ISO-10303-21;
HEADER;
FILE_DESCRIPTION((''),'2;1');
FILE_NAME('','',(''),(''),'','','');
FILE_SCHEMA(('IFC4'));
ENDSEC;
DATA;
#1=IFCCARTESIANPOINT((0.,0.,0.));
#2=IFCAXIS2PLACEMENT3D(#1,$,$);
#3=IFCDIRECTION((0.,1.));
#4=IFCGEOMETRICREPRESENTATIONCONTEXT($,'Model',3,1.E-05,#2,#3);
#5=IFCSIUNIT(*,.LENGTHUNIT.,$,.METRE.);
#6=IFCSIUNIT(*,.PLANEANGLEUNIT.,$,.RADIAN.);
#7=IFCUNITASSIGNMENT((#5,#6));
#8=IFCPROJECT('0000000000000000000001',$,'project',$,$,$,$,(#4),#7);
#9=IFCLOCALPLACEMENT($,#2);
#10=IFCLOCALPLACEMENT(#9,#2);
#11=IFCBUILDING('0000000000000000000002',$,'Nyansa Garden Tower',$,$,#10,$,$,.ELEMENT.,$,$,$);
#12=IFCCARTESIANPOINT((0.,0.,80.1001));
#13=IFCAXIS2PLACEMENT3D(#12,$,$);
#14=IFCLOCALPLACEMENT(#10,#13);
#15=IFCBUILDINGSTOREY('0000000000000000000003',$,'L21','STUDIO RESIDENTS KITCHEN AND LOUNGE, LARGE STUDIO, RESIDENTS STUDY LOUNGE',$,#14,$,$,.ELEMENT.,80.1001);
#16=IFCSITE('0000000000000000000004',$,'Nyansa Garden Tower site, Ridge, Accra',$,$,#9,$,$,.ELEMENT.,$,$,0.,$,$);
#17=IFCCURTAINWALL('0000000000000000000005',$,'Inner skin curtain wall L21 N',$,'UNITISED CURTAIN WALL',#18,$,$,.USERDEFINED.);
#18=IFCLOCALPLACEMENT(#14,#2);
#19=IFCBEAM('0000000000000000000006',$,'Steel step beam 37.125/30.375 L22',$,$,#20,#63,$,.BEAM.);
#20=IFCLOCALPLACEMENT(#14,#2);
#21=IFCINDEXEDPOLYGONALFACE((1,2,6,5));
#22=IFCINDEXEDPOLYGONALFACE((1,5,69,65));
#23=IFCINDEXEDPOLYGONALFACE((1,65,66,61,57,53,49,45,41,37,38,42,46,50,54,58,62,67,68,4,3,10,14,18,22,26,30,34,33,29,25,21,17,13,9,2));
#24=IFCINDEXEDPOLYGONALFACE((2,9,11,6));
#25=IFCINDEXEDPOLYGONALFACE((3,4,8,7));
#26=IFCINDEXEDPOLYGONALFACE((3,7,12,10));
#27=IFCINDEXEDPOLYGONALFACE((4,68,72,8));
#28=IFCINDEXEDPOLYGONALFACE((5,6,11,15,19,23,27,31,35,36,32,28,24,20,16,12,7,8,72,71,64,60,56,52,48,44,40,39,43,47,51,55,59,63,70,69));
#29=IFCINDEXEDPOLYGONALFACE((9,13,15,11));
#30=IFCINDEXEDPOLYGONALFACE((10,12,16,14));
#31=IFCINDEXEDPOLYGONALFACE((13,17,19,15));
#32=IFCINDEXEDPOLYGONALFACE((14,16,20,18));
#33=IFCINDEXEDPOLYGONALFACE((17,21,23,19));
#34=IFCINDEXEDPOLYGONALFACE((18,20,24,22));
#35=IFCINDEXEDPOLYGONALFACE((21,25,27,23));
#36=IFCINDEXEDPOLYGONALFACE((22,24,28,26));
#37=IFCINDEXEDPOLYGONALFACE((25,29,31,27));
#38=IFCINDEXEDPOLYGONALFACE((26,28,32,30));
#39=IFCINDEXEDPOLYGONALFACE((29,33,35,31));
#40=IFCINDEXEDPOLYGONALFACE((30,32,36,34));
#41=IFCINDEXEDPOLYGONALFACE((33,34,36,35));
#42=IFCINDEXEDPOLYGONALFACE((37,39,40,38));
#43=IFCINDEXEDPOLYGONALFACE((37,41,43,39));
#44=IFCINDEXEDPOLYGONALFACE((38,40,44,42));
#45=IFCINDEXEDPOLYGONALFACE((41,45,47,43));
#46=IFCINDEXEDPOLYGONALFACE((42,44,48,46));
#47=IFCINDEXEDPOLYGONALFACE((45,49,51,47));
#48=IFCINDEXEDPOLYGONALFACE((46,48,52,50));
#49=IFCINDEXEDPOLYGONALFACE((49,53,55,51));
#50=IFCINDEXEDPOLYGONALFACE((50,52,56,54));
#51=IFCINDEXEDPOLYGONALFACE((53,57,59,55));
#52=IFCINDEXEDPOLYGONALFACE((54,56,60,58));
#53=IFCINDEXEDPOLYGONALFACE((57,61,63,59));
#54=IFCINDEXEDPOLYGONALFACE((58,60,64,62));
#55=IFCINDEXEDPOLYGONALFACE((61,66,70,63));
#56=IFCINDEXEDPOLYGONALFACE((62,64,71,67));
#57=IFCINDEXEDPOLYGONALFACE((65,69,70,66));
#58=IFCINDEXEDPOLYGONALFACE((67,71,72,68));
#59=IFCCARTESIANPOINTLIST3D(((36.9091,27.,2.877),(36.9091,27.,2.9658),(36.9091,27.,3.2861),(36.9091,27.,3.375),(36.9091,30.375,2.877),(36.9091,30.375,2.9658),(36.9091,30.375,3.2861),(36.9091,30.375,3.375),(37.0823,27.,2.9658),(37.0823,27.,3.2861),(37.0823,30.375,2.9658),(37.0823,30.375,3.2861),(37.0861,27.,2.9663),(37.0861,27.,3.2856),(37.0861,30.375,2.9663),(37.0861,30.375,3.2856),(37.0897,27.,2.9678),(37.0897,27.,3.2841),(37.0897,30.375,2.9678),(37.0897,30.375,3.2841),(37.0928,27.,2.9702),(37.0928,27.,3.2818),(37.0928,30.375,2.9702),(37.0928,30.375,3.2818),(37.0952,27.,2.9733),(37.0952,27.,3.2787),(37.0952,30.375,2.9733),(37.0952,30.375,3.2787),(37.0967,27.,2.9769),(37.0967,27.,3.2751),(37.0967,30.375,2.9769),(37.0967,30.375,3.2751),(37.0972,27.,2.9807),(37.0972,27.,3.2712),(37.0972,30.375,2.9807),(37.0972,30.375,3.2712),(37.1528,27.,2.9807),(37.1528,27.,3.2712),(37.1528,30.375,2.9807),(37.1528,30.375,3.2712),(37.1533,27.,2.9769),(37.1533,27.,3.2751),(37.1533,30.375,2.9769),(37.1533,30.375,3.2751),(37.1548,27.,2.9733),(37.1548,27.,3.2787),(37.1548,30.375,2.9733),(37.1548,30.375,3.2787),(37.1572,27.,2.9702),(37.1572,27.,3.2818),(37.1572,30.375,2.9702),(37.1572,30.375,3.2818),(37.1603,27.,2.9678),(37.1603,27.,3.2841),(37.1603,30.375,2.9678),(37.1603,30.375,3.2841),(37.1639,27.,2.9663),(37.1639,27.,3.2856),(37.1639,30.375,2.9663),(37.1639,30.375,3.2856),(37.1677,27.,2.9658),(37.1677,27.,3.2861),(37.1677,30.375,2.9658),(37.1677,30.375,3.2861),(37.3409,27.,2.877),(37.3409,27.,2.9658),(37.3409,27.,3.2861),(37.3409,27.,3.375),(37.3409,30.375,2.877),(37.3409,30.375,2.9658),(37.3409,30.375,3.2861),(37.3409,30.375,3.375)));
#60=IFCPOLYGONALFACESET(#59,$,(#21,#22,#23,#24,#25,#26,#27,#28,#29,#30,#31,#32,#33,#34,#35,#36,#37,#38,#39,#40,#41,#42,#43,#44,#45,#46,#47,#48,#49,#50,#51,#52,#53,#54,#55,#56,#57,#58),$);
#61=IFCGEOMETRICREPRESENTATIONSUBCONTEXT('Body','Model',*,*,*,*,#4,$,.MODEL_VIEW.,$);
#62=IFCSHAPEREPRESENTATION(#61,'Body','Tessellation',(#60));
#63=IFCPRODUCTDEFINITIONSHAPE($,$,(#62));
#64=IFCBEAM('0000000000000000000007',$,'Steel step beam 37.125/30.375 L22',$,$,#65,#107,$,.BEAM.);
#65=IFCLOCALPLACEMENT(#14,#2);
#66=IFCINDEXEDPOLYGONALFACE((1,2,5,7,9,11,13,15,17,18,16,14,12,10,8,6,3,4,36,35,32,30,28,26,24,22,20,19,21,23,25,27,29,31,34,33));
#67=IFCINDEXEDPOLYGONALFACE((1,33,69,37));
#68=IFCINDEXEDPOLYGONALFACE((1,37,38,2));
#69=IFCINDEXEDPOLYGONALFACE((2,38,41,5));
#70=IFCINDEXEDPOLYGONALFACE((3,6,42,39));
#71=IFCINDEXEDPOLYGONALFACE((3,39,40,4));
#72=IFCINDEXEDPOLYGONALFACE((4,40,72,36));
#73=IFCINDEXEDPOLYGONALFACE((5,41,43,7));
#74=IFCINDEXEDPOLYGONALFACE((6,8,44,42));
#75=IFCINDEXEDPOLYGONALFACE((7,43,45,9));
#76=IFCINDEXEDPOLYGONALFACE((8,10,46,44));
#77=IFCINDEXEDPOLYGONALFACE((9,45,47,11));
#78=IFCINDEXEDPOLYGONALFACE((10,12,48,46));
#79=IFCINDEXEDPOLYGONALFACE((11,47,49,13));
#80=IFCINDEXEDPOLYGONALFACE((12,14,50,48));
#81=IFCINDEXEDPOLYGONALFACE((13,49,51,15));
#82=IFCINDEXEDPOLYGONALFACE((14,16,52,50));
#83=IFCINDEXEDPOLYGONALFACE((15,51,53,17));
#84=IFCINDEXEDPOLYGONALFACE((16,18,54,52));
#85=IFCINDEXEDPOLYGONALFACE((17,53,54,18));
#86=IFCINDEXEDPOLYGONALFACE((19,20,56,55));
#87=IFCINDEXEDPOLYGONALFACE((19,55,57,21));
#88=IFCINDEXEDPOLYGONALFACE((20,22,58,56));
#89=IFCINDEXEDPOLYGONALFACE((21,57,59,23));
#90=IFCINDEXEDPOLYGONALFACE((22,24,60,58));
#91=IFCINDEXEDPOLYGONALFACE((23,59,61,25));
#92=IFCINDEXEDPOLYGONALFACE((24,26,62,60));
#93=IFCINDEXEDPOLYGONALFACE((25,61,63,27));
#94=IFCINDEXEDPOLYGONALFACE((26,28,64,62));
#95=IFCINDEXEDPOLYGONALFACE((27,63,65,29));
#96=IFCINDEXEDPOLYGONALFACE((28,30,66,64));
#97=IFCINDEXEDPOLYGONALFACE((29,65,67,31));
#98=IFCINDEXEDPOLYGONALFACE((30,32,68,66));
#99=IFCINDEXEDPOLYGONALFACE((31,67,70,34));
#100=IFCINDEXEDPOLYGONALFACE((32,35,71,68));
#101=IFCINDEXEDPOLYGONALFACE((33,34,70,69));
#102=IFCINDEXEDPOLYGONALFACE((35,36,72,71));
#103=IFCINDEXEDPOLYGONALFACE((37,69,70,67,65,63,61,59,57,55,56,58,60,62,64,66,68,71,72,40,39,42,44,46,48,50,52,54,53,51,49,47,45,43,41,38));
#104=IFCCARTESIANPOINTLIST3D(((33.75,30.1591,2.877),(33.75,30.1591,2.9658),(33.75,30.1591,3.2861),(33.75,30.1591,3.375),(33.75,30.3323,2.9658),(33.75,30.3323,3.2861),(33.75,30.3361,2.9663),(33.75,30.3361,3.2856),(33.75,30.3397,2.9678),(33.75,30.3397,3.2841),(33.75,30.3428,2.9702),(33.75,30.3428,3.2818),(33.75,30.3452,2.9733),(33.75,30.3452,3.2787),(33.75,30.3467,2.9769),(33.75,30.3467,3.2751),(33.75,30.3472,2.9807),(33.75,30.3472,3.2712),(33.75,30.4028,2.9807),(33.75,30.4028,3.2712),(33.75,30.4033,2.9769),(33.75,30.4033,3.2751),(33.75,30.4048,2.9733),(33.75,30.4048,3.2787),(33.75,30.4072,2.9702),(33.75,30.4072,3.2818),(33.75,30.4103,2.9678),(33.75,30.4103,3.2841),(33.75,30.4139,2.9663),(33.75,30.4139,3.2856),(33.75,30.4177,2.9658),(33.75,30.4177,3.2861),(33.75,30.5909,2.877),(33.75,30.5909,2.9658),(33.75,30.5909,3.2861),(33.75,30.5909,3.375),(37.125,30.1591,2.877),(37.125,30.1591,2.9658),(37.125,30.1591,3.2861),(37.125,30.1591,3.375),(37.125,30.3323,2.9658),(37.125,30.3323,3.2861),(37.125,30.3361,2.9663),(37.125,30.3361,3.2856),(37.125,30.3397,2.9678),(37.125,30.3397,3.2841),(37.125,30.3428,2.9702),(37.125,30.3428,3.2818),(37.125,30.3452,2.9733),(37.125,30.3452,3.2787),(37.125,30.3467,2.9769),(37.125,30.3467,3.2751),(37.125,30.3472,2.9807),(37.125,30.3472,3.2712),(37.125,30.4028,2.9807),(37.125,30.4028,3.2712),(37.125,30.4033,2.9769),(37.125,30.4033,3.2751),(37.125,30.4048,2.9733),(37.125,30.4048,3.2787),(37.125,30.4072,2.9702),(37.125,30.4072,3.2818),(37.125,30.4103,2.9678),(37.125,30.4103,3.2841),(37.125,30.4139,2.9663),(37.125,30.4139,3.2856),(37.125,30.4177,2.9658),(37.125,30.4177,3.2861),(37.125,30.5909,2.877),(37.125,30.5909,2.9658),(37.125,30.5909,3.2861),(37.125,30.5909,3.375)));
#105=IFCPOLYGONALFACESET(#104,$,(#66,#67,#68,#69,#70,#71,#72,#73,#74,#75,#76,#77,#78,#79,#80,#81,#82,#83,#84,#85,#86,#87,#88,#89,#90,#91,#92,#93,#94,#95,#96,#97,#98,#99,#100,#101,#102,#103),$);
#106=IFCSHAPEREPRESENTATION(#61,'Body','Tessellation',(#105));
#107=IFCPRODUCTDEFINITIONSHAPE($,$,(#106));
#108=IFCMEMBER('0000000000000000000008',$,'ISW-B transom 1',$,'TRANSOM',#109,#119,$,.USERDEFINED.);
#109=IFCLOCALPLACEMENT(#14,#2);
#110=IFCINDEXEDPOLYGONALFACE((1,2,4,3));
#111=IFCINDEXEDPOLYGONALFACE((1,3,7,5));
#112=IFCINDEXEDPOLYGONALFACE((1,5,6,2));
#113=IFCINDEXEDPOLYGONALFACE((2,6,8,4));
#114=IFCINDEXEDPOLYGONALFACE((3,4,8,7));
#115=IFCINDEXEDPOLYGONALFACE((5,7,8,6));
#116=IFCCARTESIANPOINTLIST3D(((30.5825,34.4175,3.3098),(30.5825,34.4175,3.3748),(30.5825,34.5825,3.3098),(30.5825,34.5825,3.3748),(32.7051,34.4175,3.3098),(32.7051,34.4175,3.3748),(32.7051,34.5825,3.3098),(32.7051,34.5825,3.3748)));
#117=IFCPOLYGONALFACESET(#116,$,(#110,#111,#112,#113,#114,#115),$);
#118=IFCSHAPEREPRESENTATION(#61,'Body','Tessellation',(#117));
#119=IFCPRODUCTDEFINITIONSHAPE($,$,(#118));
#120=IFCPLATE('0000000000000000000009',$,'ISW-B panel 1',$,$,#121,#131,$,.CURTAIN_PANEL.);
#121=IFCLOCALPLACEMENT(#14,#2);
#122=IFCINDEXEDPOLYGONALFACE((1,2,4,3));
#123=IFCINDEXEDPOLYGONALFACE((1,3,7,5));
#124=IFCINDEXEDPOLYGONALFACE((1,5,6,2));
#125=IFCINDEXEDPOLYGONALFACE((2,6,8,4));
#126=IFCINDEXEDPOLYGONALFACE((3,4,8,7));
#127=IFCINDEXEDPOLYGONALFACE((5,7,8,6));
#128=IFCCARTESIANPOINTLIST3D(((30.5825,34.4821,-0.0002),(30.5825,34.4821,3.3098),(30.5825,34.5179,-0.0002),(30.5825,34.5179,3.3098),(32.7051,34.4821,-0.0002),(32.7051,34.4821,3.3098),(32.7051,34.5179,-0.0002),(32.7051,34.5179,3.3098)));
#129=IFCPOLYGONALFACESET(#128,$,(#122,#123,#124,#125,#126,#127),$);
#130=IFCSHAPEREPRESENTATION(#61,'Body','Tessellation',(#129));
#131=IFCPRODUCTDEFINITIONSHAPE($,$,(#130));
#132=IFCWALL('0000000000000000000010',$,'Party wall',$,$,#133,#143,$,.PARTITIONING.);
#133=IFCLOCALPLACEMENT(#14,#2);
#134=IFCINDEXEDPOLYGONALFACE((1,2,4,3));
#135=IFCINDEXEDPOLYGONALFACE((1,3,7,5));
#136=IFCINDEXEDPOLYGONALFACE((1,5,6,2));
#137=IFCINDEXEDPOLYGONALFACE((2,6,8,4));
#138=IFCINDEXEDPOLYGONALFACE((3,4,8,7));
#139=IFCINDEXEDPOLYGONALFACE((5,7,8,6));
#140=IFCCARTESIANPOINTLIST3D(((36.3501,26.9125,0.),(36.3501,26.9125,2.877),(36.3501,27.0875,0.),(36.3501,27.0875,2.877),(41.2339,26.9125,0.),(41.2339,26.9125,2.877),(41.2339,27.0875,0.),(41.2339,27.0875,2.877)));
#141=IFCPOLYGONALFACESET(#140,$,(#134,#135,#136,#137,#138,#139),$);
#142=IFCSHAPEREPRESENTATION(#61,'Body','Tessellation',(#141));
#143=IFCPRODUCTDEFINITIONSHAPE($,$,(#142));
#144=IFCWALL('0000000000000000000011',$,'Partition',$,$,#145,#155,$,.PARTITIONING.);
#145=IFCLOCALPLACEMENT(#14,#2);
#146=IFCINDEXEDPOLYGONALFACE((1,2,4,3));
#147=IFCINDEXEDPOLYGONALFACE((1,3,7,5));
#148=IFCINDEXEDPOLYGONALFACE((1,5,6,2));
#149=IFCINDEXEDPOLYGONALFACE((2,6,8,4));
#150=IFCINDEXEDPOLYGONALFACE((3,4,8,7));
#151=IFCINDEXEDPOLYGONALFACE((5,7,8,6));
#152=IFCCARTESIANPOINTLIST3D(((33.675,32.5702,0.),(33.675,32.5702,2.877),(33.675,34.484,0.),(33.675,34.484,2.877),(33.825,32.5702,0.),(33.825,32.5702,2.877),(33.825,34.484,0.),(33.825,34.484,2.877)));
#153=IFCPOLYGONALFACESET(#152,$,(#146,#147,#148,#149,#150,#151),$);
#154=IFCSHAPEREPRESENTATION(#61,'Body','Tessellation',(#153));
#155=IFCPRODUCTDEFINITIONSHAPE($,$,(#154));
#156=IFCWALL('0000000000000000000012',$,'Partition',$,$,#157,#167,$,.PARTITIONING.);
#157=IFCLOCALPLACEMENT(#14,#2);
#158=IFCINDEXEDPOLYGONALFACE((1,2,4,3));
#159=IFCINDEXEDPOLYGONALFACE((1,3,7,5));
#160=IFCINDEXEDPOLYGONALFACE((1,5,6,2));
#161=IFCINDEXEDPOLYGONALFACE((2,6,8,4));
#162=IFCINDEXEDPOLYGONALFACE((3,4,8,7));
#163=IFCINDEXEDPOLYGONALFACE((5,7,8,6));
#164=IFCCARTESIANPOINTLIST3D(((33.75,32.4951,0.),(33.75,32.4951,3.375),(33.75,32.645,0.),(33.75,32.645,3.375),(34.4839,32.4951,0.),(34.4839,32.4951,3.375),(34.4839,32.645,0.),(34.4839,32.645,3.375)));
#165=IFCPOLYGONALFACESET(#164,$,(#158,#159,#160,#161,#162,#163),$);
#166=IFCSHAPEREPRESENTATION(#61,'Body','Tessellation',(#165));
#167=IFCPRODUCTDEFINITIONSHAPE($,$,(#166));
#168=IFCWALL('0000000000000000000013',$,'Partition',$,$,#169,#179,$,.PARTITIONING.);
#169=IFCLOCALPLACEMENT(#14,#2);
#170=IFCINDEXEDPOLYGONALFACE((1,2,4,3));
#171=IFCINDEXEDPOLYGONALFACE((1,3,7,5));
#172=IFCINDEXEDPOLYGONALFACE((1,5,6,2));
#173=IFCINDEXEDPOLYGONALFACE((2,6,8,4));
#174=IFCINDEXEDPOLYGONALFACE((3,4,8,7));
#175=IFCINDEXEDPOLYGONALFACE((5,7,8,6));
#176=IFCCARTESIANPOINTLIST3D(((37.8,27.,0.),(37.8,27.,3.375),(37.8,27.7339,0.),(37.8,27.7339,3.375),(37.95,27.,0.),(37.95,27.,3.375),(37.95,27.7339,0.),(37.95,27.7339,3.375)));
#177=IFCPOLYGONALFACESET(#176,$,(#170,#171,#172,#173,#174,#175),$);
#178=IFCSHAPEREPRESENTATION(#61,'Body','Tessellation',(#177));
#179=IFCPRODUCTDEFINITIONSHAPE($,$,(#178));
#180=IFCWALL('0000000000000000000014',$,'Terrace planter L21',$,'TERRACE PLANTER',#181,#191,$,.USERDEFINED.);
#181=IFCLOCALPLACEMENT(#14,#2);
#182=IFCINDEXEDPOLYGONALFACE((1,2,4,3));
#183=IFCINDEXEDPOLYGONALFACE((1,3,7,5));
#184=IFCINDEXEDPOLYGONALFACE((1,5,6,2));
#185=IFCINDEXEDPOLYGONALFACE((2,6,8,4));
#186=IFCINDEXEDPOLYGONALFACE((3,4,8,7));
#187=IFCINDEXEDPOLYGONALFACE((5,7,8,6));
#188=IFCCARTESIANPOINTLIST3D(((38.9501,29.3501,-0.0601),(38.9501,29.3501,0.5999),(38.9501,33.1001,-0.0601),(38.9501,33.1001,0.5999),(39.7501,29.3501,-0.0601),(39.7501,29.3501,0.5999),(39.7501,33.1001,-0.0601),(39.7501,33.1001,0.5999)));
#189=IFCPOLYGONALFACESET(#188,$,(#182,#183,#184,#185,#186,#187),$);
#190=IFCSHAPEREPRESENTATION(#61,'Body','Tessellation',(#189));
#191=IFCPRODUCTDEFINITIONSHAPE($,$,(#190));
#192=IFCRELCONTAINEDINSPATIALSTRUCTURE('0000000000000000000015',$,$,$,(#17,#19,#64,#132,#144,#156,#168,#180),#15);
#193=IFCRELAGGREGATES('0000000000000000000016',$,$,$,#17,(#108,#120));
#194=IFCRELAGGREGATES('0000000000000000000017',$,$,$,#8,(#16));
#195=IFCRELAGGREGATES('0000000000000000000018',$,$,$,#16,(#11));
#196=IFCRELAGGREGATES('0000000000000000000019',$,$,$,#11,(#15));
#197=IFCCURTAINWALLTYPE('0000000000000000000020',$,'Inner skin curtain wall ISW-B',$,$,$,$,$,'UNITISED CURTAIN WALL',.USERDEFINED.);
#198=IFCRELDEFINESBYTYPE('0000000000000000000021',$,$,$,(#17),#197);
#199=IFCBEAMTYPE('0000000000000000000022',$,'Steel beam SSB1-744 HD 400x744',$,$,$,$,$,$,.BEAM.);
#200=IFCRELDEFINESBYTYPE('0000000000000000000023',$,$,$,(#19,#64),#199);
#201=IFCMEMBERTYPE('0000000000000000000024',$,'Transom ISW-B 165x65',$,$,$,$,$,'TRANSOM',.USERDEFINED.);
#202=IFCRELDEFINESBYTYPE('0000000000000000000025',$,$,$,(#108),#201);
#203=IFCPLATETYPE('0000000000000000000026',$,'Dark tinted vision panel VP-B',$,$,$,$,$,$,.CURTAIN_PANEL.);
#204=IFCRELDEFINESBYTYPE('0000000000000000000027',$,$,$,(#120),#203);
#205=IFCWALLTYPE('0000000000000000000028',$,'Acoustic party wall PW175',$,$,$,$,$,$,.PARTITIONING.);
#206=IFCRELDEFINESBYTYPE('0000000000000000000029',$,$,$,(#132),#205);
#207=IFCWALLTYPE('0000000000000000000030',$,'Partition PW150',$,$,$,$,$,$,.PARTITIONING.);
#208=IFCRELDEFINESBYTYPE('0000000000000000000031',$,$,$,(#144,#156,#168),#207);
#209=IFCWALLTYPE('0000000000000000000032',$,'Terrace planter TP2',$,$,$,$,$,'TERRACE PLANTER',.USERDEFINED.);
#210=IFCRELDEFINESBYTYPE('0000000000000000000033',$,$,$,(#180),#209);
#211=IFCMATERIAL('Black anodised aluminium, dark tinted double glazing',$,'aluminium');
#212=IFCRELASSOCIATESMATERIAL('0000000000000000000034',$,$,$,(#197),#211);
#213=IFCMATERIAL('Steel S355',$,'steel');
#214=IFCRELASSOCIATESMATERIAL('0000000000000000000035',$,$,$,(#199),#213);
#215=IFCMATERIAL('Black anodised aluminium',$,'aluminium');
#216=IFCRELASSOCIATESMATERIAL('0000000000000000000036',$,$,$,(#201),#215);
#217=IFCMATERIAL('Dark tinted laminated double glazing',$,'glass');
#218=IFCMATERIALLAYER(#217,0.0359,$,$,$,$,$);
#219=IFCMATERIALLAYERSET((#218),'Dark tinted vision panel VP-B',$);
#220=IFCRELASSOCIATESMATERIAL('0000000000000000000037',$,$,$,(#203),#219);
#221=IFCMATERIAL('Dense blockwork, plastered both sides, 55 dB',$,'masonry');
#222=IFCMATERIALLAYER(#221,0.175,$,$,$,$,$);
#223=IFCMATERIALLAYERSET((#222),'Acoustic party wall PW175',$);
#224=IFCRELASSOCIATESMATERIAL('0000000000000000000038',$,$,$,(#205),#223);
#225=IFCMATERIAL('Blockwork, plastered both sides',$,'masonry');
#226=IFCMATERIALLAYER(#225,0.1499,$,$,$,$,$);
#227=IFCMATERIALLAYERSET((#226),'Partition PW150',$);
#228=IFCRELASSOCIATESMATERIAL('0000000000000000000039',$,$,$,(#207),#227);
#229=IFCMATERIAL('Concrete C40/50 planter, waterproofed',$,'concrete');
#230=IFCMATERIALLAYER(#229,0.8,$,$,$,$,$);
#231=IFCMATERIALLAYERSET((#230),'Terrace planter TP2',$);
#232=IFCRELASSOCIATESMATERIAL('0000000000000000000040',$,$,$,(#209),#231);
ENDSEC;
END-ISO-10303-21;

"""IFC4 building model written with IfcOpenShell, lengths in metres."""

from ifc_helpers import new_model, si_unit, direction, frame, frame_2d, origin, origin_2d, place, context, subcontext, project, spatial, rectangle, i_section, extrude, material, layer, layer_set, material_profile, profile_set, type_object, element, aggregate, save


model = new_model("IFC4")

# Units and contexts
model_context = context("Model", 3, precision=1e-05, world=origin(), true_north=direction((0.0, 1.0)))
body_context = subcontext(model_context, "Body", "Model", "MODEL_VIEW")
ifc_project = project(units=[si_unit("LENGTHUNIT", "METRE"), si_unit("PLANEANGLEUNIT", "RADIAN")], contexts=[model_context])

# Site, building, storey
site_placement = place(None, origin())
site = spatial("IfcSite", under=ifc_project, at=site_placement, Name="Nyansa Garden Tower site, Ridge, Accra", CompositionType="ELEMENT", RefElevation=0.0)
building_placement = place(site_placement, origin())
building = spatial("IfcBuilding", under=site, at=building_placement, Name="Nyansa Garden Tower", CompositionType="ELEMENT")
storey_placement = place(building_placement, frame((0.0, 0.0, 80.1001)))
storey = spatial("IfcBuildingStorey", under=building, at=storey_placement, Name="L21", Description="STUDIO RESIDENTS KITCHEN AND LOUNGE, LARGE STUDIO, RESIDENTS STUDY LOUNGE", CompositionType="ELEMENT", Elevation=80.1001)

# Curtain wall
ifc_material_1 = material(Name="Black anodised aluminium, dark tinted double glazing", Category="aluminium")
curtain_wall_type = type_object("IfcCurtainWallType", Name="Inner skin curtain wall ISW-B", ElementType="UNITISED CURTAIN WALL", PredefinedType="USERDEFINED", material=ifc_material_1)
curtain_wall_placement = place(storey_placement, origin())
curtain_wall = element("IfcCurtainWall", 1, at=curtain_wall_placement, inside=storey, type_object=curtain_wall_type, Name="Inner skin curtain wall L21 N", ObjectType="UNITISED CURTAIN WALL", PredefinedType="USERDEFINED")

# Beams
ifc_material_2 = material(Name="Steel S355", Category="steel")
ifc_material_profile_1 = material_profile(ifc_material_2, i_section(OverallWidth=0.4319, OverallDepth=0.498, WebThickness=0.0557, FlangeThickness=0.0889, FilletRadius=0.0149, at=origin_2d()), Name="HD 400x744")
ifc_profile_set_1 = profile_set([ifc_material_profile_1], Name="Steel S355")
beam_type_1 = type_object("IfcBeamType", Name="Steel beam SSB1-744 HD 400x744", PredefinedType="BEAM", material=ifc_profile_set_1)
for number, where, z_axis, x_axis, name in (
    (2, (37.125, 30.375, 3.126), (0.0, -1.0, 0.0), (1.0, 0.0, 0.0), "Steel step beam 37.125/30.375 L22"),
    (3, (37.125, 30.375, 3.126), (-1.0, 0.0, 0.0), (0.0, -1.0, 0.0), "Steel step beam 37.125/30.375 L22"),
):
    element("IfcBeam", number, at=place(storey_placement, frame(where, z_axis=z_axis, x_axis=x_axis)), inside=storey, type_object=beam_type_1, Name=name, PredefinedType="BEAM", context=body_context, shape_type="SweptSolid", body=[
        extrude(i_section(OverallWidth=0.4319, OverallDepth=0.498, WebThickness=0.0557, FlangeThickness=0.0889, FilletRadius=0.0149, at=origin_2d()), origin(), (0.0, 0.0, 1.0), 3.375),
    ])

# Member
ifc_material_3 = material(Name="Black anodised aluminium", Category="aluminium")
ifc_material_profile_2 = material_profile(ifc_material_3, rectangle(XDim=0.165, YDim=0.0649, at=origin_2d()), Name="Transom 165x65")
ifc_profile_set_2 = profile_set([ifc_material_profile_2], Name="Black anodised aluminium")
member_type_1 = type_object("IfcMemberType", Name="Transom ISW-B 165x65", ElementType="TRANSOM", PredefinedType="USERDEFINED", material=ifc_profile_set_2)
member_1_placement = place(storey_placement, frame((32.7051, 34.5, 3.3423), z_axis=(-1.0, 0.0, 0.0), x_axis=(0.0, -1.0, 0.0)))
member_1 = element("IfcMember", 4, at=member_1_placement, type_object=member_type_1, Name="ISW-B transom 1", ObjectType="TRANSOM", PredefinedType="USERDEFINED", context=body_context, shape_type="SweptSolid", body=[
    extrude(rectangle(XDim=0.165, YDim=0.0649, at=origin_2d()), origin(), (0.0, 0.0, 1.0), 2.1226),
])

# Plate
ifc_material_4 = material(Name="Dark tinted laminated double glazing", Category="glass")
ifc_layer_1 = layer(ifc_material_4, 0.0359)
ifc_layer_set_1 = layer_set([ifc_layer_1], Name="Dark tinted vision panel VP-B")
plate_type = type_object("IfcPlateType", Name="Dark tinted vision panel VP-B", PredefinedType="CURTAIN_PANEL", material=ifc_layer_set_1)
plate_placement = place(storey_placement, frame((31.6438, 34.5, -0.0002), z_axis=(0.0, 0.0, 1.0), x_axis=(-1.0, 0.0, 0.0)))
plate = element("IfcPlate", 5, at=plate_placement, type_object=plate_type, Name="ISW-B panel 1", PredefinedType="CURTAIN_PANEL", context=body_context, shape_type="SweptSolid", body=[
    extrude(rectangle(XDim=2.1226, YDim=0.0359, at=origin_2d()), origin(), (0.0, 0.0, 1.0), 3.3101),
])
aggregate(curtain_wall, [member_1, plate])

# Walls
ifc_material_5 = material(Name="Dense blockwork, plastered both sides, 55 dB", Category="masonry")
ifc_layer_2 = layer(ifc_material_5, 0.175)
ifc_layer_set_2 = layer_set([ifc_layer_2], Name="Acoustic party wall PW175")
wall_type_1 = type_object("IfcWallType", Name="Acoustic party wall PW175", PredefinedType="PARTITIONING", material=ifc_layer_set_2)
wall_1_placement = place(storey_placement, frame((36.3501, 27.0, 0.0), z_axis=(0.0, 0.0, 1.0), x_axis=(1.0, 0.0, 0.0)))
element("IfcWall", 6, at=wall_1_placement, inside=storey, type_object=wall_type_1, Name="Party wall", PredefinedType="PARTITIONING", context=body_context, shape_type="SweptSolid", body=[
    extrude(rectangle(XDim=4.8838, YDim=0.175, at=frame_2d((2.4419, 0.0))), origin(), (0.0, 0.0, 1.0), 2.877),
])
ifc_material_6 = material(Name="Blockwork, plastered both sides", Category="masonry")
ifc_layer_3 = layer(ifc_material_6, 0.1499)
ifc_layer_set_3 = layer_set([ifc_layer_3], Name="Partition PW150")
wall_type_2 = type_object("IfcWallType", Name="Partition PW150", PredefinedType="PARTITIONING", material=ifc_layer_set_3)
wall_2_placement = place(storey_placement, frame((33.75, 32.5701, 0.0), z_axis=(0.0, 0.0, 1.0), x_axis=(0.0, 1.0, 0.0)))
element("IfcWall", 7, at=wall_2_placement, inside=storey, type_object=wall_type_2, Name="Partition", PredefinedType="PARTITIONING", context=body_context, shape_type="SweptSolid", body=[
    extrude(rectangle(XDim=1.9138, YDim=0.1499, at=frame_2d((0.957, 0.0))), origin(), (0.0, 0.0, 1.0), 2.877),
])
for number, where, z_axis, x_axis, name in (
    (8, (33.75, 32.5701, 0.0), (0.0, 0.0, 1.0), (1.0, 0.0, 0.0), "Partition"),
    (9, (37.875, 27.0, 0.0), (0.0, 0.0, 1.0), (0.0, 1.0, 0.0), "Partition"),
):
    element("IfcWall", number, at=place(storey_placement, frame(where, z_axis=z_axis, x_axis=x_axis)), inside=storey, type_object=wall_type_2, Name=name, PredefinedType="PARTITIONING", context=body_context, shape_type="SweptSolid", body=[
        extrude(rectangle(XDim=0.7339, YDim=0.1499, at=frame_2d((0.3669, 0.0))), origin(), (0.0, 0.0, 1.0), 3.375),
    ])
ifc_material_7 = material(Name="Concrete C40/50 planter, waterproofed", Category="concrete")
ifc_layer_4 = layer(ifc_material_7, 0.8)
ifc_layer_set_4 = layer_set([ifc_layer_4], Name="Terrace planter TP2")
wall_type_3 = type_object("IfcWallType", Name="Terrace planter TP2", ElementType="TERRACE PLANTER", PredefinedType="USERDEFINED", material=ifc_layer_set_4)
wall_3_placement = place(storey_placement, frame((39.3501, 33.1001, -0.0601), z_axis=(0.0, 0.0, 1.0), x_axis=(0.0, -1.0, 0.0)))
element("IfcWall", 10, at=wall_3_placement, inside=storey, type_object=wall_type_3, Name="Terrace planter L21", ObjectType="TERRACE PLANTER", PredefinedType="USERDEFINED", context=body_context, shape_type="SweptSolid", body=[
    extrude(rectangle(XDim=3.75, YDim=0.8, at=frame_2d((1.875, 0.0))), origin(), (0.0, 0.0, 1.0), 0.6599),
])

save(model, "model.ifc")
